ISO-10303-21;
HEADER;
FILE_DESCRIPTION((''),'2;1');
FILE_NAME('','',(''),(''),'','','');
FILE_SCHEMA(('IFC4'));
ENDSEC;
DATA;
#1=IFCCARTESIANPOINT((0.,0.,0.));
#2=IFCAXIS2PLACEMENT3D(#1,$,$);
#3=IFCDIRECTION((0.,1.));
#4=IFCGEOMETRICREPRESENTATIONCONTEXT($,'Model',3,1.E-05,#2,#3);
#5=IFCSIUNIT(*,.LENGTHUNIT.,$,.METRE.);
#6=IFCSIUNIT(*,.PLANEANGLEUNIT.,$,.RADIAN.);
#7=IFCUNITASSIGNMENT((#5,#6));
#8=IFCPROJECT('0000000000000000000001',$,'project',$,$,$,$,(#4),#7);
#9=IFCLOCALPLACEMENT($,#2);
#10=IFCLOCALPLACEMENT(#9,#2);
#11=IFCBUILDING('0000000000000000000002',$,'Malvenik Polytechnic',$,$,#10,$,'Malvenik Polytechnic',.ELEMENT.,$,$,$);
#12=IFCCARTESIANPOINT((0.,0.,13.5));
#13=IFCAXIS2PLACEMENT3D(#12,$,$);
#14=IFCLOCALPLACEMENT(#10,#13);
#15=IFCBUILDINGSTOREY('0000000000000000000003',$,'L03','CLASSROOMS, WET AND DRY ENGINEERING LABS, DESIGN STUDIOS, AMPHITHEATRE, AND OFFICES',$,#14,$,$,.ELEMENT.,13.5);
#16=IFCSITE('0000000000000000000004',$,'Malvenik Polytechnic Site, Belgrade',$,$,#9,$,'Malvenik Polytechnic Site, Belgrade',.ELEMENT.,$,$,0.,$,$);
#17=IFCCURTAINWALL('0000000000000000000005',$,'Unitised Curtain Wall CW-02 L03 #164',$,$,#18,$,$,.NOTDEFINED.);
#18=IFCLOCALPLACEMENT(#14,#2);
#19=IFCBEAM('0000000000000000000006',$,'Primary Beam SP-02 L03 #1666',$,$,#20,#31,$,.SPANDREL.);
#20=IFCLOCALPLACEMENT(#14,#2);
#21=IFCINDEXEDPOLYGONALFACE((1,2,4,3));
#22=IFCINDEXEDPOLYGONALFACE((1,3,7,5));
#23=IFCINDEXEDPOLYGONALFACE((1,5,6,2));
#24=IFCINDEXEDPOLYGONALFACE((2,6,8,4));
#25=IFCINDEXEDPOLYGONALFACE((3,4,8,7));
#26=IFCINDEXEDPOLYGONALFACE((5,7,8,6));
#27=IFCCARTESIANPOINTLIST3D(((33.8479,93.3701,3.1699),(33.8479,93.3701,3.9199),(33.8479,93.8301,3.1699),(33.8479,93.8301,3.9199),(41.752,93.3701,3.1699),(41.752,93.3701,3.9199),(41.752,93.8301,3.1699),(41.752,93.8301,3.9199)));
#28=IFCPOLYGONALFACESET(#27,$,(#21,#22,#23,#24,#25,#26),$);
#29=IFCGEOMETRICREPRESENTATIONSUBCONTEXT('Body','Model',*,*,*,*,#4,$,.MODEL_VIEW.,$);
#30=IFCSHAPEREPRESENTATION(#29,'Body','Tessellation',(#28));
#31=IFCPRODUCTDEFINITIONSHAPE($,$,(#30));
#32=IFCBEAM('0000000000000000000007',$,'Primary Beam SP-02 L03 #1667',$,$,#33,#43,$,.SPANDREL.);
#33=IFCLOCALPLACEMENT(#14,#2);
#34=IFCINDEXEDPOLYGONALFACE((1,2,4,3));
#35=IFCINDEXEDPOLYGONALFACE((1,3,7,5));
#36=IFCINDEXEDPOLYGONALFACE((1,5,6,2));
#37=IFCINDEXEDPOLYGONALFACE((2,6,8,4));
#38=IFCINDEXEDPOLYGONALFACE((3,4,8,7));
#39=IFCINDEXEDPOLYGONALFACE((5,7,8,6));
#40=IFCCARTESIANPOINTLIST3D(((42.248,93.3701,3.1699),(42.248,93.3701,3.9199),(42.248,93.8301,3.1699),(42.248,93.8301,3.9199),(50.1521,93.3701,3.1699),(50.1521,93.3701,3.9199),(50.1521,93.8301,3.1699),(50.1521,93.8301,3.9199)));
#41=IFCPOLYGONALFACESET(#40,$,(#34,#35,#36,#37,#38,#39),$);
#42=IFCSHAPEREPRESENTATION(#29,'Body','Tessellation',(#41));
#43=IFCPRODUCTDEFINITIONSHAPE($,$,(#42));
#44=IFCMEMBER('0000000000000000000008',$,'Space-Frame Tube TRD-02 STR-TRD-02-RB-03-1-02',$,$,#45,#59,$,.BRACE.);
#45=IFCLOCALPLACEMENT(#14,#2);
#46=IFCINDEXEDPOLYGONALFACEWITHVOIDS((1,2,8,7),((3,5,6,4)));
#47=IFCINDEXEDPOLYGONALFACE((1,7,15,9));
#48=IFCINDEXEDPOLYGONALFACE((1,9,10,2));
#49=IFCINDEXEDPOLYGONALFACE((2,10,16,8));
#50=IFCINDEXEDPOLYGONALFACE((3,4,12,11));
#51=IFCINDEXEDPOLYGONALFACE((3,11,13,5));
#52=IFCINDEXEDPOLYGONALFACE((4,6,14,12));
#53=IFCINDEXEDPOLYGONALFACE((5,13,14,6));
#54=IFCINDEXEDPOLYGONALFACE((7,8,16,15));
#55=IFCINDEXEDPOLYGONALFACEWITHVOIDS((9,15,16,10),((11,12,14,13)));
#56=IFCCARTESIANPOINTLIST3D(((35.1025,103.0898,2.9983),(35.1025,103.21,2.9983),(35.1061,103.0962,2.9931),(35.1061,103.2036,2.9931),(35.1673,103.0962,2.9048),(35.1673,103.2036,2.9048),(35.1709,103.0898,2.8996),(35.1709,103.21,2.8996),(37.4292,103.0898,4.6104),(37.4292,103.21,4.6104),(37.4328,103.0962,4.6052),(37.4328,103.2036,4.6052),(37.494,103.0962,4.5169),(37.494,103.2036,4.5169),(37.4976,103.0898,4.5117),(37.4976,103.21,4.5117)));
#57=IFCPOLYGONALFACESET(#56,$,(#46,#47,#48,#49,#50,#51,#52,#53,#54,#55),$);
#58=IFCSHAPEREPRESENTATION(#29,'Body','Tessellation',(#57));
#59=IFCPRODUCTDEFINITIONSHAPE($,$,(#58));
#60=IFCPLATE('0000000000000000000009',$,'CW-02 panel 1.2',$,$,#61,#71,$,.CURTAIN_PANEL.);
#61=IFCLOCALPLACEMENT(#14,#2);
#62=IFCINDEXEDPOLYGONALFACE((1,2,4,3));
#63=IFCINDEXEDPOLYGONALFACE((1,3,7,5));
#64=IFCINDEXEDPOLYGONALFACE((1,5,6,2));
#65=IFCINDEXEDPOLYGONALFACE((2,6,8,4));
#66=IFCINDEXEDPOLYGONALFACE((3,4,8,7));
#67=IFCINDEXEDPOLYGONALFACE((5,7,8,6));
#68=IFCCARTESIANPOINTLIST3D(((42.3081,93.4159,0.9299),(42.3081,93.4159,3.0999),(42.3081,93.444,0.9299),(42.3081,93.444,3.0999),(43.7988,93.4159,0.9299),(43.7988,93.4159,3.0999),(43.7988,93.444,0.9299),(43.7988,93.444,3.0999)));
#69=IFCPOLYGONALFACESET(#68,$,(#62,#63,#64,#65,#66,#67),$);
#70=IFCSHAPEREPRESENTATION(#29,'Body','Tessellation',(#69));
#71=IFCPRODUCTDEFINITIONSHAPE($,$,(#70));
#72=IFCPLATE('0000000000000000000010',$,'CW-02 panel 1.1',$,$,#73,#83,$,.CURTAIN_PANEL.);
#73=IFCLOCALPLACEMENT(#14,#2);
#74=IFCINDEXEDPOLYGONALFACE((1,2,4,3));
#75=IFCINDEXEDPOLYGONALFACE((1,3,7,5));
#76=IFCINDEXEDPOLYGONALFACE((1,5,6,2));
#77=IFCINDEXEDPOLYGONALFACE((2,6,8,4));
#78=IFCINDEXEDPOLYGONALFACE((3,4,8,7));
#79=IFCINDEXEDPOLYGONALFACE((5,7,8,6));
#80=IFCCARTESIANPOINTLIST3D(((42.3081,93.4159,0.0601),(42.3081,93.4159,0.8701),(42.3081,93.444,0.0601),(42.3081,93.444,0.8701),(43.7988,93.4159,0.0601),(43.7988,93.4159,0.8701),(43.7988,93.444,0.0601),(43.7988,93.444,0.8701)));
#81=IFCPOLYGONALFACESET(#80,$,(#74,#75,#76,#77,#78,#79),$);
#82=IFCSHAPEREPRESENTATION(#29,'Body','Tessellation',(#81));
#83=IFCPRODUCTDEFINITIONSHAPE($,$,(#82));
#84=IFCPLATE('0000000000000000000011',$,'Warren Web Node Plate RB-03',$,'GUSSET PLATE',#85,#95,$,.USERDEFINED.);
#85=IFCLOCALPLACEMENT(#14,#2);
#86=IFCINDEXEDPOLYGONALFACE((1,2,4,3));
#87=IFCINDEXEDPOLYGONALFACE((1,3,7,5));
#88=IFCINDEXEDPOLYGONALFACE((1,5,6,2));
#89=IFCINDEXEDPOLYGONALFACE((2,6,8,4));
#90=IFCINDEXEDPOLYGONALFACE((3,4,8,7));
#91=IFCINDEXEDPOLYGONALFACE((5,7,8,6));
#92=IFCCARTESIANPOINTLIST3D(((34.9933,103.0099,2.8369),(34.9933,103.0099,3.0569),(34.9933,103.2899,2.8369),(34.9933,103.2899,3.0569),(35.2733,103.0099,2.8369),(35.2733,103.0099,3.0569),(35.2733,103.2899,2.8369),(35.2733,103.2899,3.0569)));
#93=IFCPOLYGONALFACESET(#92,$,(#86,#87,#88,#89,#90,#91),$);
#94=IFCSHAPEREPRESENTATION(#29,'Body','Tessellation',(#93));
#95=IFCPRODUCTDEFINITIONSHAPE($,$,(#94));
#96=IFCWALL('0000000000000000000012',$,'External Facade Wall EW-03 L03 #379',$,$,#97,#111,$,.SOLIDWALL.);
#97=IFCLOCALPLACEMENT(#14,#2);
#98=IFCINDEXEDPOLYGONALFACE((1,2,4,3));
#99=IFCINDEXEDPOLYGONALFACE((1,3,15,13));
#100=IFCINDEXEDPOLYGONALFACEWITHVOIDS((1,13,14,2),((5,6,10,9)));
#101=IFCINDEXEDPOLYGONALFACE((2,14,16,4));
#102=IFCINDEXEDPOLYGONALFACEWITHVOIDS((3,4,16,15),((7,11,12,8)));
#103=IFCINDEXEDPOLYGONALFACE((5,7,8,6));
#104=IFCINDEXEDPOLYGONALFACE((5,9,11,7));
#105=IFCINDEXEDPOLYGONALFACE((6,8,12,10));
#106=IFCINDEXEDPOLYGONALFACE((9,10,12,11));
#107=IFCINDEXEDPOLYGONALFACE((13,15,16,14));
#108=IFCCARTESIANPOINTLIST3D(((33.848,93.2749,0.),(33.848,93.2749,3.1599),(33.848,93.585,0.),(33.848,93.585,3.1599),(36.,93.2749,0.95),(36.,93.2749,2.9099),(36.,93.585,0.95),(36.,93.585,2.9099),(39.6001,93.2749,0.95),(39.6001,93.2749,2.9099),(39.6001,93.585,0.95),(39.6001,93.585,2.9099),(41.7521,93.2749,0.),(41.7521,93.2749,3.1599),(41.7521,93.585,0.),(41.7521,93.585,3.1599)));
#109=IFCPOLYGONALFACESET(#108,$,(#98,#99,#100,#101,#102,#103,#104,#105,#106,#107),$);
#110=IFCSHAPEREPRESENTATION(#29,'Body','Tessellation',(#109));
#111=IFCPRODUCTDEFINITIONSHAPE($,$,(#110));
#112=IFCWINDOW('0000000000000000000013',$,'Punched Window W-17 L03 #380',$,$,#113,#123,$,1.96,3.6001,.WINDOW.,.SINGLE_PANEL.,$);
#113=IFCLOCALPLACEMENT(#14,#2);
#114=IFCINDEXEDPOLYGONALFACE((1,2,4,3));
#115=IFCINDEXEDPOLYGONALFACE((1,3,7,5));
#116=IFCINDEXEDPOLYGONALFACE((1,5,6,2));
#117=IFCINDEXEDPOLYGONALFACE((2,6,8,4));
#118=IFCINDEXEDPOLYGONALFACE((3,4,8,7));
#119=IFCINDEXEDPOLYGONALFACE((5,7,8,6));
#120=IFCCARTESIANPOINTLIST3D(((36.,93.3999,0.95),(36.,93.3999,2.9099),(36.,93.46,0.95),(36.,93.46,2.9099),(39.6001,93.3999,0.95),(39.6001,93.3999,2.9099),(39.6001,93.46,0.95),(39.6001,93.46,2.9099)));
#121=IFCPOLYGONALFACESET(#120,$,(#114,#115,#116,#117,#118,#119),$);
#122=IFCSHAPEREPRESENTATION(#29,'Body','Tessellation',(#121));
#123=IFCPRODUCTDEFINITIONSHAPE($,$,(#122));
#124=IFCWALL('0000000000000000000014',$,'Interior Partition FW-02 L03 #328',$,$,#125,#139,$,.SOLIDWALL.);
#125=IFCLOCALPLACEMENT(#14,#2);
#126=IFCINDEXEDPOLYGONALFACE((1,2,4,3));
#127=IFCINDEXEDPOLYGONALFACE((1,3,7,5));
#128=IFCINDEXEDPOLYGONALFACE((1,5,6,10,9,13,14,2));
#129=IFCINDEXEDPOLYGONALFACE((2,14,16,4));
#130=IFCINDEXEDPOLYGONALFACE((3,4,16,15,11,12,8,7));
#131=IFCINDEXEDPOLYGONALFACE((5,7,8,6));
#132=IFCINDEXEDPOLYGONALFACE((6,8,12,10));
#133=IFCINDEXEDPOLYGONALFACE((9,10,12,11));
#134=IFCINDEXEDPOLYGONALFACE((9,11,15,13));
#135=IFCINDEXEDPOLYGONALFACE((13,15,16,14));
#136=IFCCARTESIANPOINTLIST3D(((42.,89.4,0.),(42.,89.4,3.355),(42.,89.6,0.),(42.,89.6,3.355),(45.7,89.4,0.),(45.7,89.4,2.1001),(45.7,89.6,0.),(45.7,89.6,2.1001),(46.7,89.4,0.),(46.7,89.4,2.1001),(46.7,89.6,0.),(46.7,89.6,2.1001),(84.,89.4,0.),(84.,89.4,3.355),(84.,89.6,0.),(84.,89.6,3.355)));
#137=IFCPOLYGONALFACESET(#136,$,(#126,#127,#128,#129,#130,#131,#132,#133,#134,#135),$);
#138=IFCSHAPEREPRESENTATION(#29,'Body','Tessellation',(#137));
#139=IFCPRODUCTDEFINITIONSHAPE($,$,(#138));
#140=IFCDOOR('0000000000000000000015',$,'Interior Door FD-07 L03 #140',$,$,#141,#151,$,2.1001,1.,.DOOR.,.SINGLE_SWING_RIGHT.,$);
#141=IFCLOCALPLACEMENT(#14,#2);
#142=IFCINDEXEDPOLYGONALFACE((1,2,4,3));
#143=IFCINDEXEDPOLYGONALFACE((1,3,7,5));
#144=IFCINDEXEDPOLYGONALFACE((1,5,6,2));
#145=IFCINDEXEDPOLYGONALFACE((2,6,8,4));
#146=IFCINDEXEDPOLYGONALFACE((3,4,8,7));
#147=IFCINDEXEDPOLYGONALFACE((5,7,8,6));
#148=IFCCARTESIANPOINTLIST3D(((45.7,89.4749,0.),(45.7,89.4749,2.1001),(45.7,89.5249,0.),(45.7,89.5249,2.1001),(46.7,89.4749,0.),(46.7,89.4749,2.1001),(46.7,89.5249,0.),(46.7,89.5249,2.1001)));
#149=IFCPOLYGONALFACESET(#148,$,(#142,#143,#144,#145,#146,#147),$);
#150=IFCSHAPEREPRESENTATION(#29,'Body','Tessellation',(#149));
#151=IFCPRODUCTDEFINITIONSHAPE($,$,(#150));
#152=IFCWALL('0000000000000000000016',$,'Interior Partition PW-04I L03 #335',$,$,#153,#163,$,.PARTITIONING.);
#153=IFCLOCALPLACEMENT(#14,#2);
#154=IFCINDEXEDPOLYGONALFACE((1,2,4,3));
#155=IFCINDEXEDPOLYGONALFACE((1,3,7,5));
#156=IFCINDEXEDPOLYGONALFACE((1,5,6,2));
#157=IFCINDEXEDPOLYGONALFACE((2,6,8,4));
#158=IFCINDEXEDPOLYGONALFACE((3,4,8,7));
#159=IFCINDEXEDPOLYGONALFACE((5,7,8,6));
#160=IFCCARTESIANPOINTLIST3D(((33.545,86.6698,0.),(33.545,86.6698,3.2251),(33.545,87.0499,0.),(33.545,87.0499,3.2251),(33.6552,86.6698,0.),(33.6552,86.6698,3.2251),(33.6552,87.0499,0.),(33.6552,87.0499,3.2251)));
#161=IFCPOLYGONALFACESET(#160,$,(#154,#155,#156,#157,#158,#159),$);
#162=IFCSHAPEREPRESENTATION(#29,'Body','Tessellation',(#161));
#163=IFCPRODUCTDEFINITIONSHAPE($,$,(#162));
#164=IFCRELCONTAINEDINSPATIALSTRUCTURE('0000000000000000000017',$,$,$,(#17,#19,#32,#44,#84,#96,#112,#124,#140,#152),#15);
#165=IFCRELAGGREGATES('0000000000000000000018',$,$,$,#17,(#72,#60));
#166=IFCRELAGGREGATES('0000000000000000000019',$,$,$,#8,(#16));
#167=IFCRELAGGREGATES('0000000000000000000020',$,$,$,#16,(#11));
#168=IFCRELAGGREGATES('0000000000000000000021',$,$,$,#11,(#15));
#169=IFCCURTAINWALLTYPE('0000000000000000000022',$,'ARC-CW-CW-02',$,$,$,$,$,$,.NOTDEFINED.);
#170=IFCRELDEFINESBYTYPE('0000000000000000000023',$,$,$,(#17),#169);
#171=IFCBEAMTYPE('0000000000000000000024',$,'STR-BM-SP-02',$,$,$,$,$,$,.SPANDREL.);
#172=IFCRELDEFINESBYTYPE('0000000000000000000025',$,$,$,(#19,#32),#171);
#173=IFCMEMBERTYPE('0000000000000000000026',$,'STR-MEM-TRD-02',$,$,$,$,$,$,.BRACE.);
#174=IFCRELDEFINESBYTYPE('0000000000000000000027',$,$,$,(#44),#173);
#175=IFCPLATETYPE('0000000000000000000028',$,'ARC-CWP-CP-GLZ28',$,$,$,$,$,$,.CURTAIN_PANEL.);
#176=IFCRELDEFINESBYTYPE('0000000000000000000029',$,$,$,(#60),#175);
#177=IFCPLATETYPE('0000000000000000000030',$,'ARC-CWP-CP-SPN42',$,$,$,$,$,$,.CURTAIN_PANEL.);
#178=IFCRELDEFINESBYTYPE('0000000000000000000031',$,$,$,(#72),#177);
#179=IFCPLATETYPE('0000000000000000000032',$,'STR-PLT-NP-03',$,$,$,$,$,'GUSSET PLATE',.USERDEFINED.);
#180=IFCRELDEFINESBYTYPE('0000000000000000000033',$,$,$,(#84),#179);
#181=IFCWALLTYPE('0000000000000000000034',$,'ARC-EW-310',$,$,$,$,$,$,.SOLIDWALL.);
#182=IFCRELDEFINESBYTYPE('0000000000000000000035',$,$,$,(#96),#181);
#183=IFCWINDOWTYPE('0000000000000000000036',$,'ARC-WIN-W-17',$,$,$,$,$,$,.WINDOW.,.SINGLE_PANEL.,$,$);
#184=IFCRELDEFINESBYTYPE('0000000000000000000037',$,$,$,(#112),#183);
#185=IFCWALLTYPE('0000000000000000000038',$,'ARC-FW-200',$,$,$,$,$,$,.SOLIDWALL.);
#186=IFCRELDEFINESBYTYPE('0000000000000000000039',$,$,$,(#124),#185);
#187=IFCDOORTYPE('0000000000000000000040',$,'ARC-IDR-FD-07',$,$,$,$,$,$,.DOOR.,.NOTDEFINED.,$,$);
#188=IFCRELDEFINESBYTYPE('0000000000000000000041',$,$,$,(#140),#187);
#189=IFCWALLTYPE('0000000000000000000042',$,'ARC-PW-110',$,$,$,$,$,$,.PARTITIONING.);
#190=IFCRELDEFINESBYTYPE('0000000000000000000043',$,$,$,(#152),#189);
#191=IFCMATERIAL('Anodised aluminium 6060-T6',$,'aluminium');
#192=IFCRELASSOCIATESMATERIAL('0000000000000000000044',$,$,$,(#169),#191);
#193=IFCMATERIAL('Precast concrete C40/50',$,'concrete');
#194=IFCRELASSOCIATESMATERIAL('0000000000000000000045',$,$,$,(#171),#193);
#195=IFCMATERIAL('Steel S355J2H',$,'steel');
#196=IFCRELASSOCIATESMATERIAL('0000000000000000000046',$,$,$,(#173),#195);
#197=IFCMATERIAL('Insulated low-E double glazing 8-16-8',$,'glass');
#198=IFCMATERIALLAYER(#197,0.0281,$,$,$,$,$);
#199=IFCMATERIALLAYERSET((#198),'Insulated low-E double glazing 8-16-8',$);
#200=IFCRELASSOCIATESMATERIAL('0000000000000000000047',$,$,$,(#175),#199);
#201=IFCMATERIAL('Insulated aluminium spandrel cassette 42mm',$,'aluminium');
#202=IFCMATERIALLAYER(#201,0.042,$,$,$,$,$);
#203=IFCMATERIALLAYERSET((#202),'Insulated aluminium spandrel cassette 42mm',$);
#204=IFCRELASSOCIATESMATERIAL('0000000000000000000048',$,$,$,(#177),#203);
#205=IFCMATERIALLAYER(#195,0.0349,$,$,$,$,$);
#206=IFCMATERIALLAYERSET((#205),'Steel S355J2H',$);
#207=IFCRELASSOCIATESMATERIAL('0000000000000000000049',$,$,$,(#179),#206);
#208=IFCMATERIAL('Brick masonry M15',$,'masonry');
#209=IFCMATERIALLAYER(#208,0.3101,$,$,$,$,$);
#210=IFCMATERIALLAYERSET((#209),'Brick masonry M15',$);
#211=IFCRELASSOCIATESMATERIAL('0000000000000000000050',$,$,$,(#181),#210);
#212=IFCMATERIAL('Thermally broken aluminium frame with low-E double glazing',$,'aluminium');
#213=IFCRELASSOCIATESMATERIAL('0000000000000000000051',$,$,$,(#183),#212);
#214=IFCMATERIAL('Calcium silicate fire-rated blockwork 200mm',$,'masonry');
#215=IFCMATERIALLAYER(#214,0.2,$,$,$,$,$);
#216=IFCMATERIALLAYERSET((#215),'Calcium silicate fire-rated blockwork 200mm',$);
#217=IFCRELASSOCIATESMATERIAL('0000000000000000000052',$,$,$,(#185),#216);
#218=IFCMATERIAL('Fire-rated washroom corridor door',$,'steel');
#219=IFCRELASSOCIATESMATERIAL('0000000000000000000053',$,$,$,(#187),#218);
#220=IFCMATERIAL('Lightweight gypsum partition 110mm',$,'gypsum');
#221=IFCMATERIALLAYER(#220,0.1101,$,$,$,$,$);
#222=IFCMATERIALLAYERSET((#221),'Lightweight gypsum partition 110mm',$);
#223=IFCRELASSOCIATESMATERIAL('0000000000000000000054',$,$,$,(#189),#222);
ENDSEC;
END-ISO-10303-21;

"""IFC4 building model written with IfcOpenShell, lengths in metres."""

from ifc_helpers import new_model, si_unit, direction, frame, frame_2d, origin, origin_2d, place, context, subcontext, project, spatial, rectangle, hollow_rectangle, extrude, material, layer, layer_set, material_profile, profile_set, type_object, element, fill, aggregate, save


model = new_model("IFC4")

# Units and contexts
model_context = context("Model", 3, precision=1e-05, world=origin(), true_north=direction((0.0, 1.0)))
body_context = subcontext(model_context, "Body", "Model", "MODEL_VIEW")
ifc_project = project(units=[si_unit("LENGTHUNIT", "METRE"), si_unit("PLANEANGLEUNIT", "RADIAN")], contexts=[model_context])

# Site, building, storey
site_placement = place(None, origin())
site = spatial("IfcSite", under=ifc_project, at=site_placement, Name="Malvenik Polytechnic Site, Belgrade", LongName="Malvenik Polytechnic Site, Belgrade", CompositionType="ELEMENT", RefElevation=0.0)
building_placement = place(site_placement, origin())
building = spatial("IfcBuilding", under=site, at=building_placement, Name="Malvenik Polytechnic", LongName="Malvenik Polytechnic", CompositionType="ELEMENT")
storey_placement = place(building_placement, frame((0.0, 0.0, 13.5)))
storey = spatial("IfcBuildingStorey", under=building, at=storey_placement, Name="L03", Description="CLASSROOMS, WET AND DRY ENGINEERING LABS, DESIGN STUDIOS, AMPHITHEATRE, AND OFFICES", CompositionType="ELEMENT", Elevation=13.5)

# Curtain wall
ifc_material_1 = material(Name="Anodised aluminium 6060-T6", Category="aluminium")
curtain_wall_type = type_object("IfcCurtainWallType", Name="ARC-CW-CW-02", PredefinedType="NOTDEFINED", material=ifc_material_1)
curtain_wall_placement = place(storey_placement, origin())
curtain_wall = element("IfcCurtainWall", 1, at=curtain_wall_placement, inside=storey, type_object=curtain_wall_type, Name="Unitised Curtain Wall CW-02 L03 #164", PredefinedType="NOTDEFINED")

# Beams
ifc_material_2 = material(Name="Precast concrete C40/50", Category="concrete")
ifc_material_profile_1 = material_profile(ifc_material_2, rectangle(XDim=0.46, YDim=0.75, at=origin_2d()), Name="PC SPN 460x750")
ifc_profile_set_1 = profile_set([ifc_material_profile_1], Name="Precast concrete C40/50")
beam_type_1 = type_object("IfcBeamType", Name="STR-BM-SP-02", PredefinedType="SPANDREL", material=ifc_profile_set_1)
for number, where, z_axis, x_axis, name in (
    (2, (33.8479, 93.6001, 3.5449), (1.0, 0.0, 0.0), (0.0, 1.0, 0.0), "Primary Beam SP-02 L03 #1666"),
    (3, (42.248, 93.6001, 3.5449), (1.0, 0.0, 0.0), (0.0, 1.0, 0.0), "Primary Beam SP-02 L03 #1667"),
):
    element("IfcBeam", number, at=place(storey_placement, frame(where, z_axis=z_axis, x_axis=x_axis)), inside=storey, type_object=beam_type_1, Name=name, PredefinedType="SPANDREL", context=body_context, shape_type="SweptSolid", body=[
        extrude(rectangle(XDim=0.46, YDim=0.75, at=origin_2d()), origin(), (0.0, 0.0, 1.0), 7.9041),
    ])

# Member
ifc_material_3 = material(Name="Steel S355J2H", Category="steel")
ifc_material_profile_2 = material_profile(ifc_material_3, hollow_rectangle(XDim=0.1201, YDim=0.1201, WallThickness=0.0063, at=origin_2d()), Name="SHS 120x120x6.3")
ifc_profile_set_2 = profile_set([ifc_material_profile_2], Name="Steel S355J2H")
member_type_1 = type_object("IfcMemberType", Name="STR-MEM-TRD-02", PredefinedType="BRACE", material=ifc_profile_set_2)
member_1_placement = place(storey_placement, frame((35.1367, 103.1499, 2.949), z_axis=(0.821978, 0.0, 0.569519), x_axis=(0.0, 1.0, 0.0)))
element("IfcMember", 4, at=member_1_placement, inside=storey, type_object=member_type_1, Name="Space-Frame Tube TRD-02 STR-TRD-02-RB-03-1-02", PredefinedType="BRACE", context=body_context, shape_type="SweptSolid", body=[
    extrude(hollow_rectangle(XDim=0.1201, YDim=0.1201, WallThickness=0.0063, at=origin_2d()), origin(), (0.0, 0.0, 1.0), 2.8306),
])

# Plates
ifc_material_4 = material(Name="Insulated low-E double glazing 8-16-8", Category="glass")
ifc_layer_1 = layer(ifc_material_4, 0.0281)
ifc_layer_set_1 = layer_set([ifc_layer_1], Name="Insulated low-E double glazing 8-16-8")
plate_type_1 = type_object("IfcPlateType", Name="ARC-CWP-CP-GLZ28", PredefinedType="CURTAIN_PANEL", material=ifc_layer_set_1)
plate_1_placement = place(storey_placement, frame((43.0535, 93.4299, 0.9299), z_axis=(0.0, 0.0, 1.0), x_axis=(1.0, 0.0, 0.0)))
plate_1 = element("IfcPlate", 5, at=plate_1_placement, type_object=plate_type_1, Name="CW-02 panel 1.2", PredefinedType="CURTAIN_PANEL", context=body_context, shape_type="SweptSolid", body=[
    extrude(rectangle(XDim=1.4907, YDim=0.0281, at=origin_2d()), origin(), (0.0, 0.0, 1.0), 2.1699),
])
ifc_material_5 = material(Name="Insulated aluminium spandrel cassette 42mm", Category="aluminium")
ifc_layer_2 = layer(ifc_material_5, 0.042)
ifc_layer_set_2 = layer_set([ifc_layer_2], Name="Insulated aluminium spandrel cassette 42mm")
plate_type_2 = type_object("IfcPlateType", Name="ARC-CWP-CP-SPN42", PredefinedType="CURTAIN_PANEL", material=ifc_layer_set_2)
plate_2_placement = place(storey_placement, frame((43.0535, 93.4299, 0.0601), z_axis=(0.0, 0.0, 1.0), x_axis=(1.0, 0.0, 0.0)))
plate_2 = element("IfcPlate", 6, at=plate_2_placement, type_object=plate_type_2, Name="CW-02 panel 1.1", PredefinedType="CURTAIN_PANEL", context=body_context, shape_type="SweptSolid", body=[
    extrude(rectangle(XDim=1.4907, YDim=0.0281, at=origin_2d()), origin(), (0.0, 0.0, 1.0), 0.8101),
])
aggregate(curtain_wall, [plate_2, plate_1])
ifc_layer_3 = layer(ifc_material_3, 0.0349)
ifc_layer_set_3 = layer_set([ifc_layer_3], Name="Steel S355J2H")
plate_type_3 = type_object("IfcPlateType", Name="STR-PLT-NP-03", ElementType="GUSSET PLATE", PredefinedType="USERDEFINED", material=ifc_layer_set_3)
plate_3_placement = place(storey_placement, frame((35.1333, 103.1499, 2.8369), z_axis=(0.0, 0.0, 1.0), x_axis=(1.0, 0.0, 0.0)))
element("IfcPlate", 7, at=plate_3_placement, inside=storey, type_object=plate_type_3, Name="Warren Web Node Plate RB-03", ObjectType="GUSSET PLATE", PredefinedType="USERDEFINED", context=body_context, shape_type="SweptSolid", body=[
    extrude(rectangle(XDim=0.28, YDim=0.28, at=origin_2d()), origin(), (0.0, 0.0, 1.0), 0.22),
])

# Wall, opening, window
ifc_material_6 = material(Name="Brick masonry M15", Category="masonry")
ifc_layer_4 = layer(ifc_material_6, 0.3101)
ifc_layer_set_4 = layer_set([ifc_layer_4], Name="Brick masonry M15")
wall_type_1 = type_object("IfcWallType", Name="ARC-EW-310", PredefinedType="SOLIDWALL", material=ifc_layer_set_4)
wall_1_placement = place(storey_placement, frame((33.8479, 93.4299, 0.0), z_axis=(0.0, 0.0, 1.0), x_axis=(1.0, 0.0, 0.0)))
wall_1 = element("IfcWall", 8, at=wall_1_placement, inside=storey, type_object=wall_type_1, Name="External Facade Wall EW-03 L03 #379", PredefinedType="SOLIDWALL", context=body_context, shape_type="SweptSolid", body=[
    extrude(rectangle(XDim=7.9041, YDim=0.3101, at=frame_2d((3.9521, 0.0))), origin(), (0.0, 0.0, 1.0), 3.1599),
])
opening_1_placement = place(wall_1_placement, frame((2.1521, 0.0, 0.95)))
opening_1 = element("IfcOpeningElement", 9, at=opening_1_placement, cuts=wall_1, PredefinedType="OPENING", context=body_context, shape_type="SweptSolid", body=[
    extrude(rectangle(XDim=3.6001, YDim=1.96, at=frame_2d((1.8, 0.98))), frame((0.0, 0.165, 0.0), z_axis=(0.0, -1.0, 0.0), x_axis=(1.0, 0.0, 0.0)), (0.0, 0.0, 1.0), 0.3301),
])
ifc_material_7 = material(Name="Thermally broken aluminium frame with low-E double glazing", Category="aluminium")
window_type = type_object("IfcWindowType", Name="ARC-WIN-W-17", PartitioningType="SINGLE_PANEL", PredefinedType="WINDOW", material=ifc_material_7)
window_placement = place(opening_1_placement, origin())
window = element("IfcWindow", 10, at=window_placement, inside=storey, type_object=window_type, Name="Punched Window W-17 L03 #380", OverallHeight=1.96, OverallWidth=3.6001, PartitioningType="SINGLE_PANEL", PredefinedType="WINDOW", context=body_context, shape_type="SweptSolid", body=[
    extrude(rectangle(XDim=3.6001, YDim=1.96, at=frame_2d((1.8, 0.98))), frame((0.0, 0.03, 0.0), z_axis=(0.0, -1.0, 0.0), x_axis=(1.0, 0.0, 0.0)), (0.0, 0.0, 1.0), 0.0601),
])
fill(opening_1, window)

# Wall, opening, door
ifc_material_8 = material(Name="Calcium silicate fire-rated blockwork 200mm", Category="masonry")
ifc_layer_5 = layer(ifc_material_8, 0.2)
ifc_layer_set_5 = layer_set([ifc_layer_5], Name="Calcium silicate fire-rated blockwork 200mm")
wall_type_2 = type_object("IfcWallType", Name="ARC-FW-200", PredefinedType="SOLIDWALL", material=ifc_layer_set_5)
wall_2_placement = place(storey_placement, frame((42.0, 89.5, 0.0), z_axis=(0.0, 0.0, 1.0), x_axis=(1.0, 0.0, 0.0)))
wall_2 = element("IfcWall", 11, at=wall_2_placement, inside=storey, type_object=wall_type_2, Name="Interior Partition FW-02 L03 #328", PredefinedType="SOLIDWALL", context=body_context, shape_type="SweptSolid", body=[
    extrude(rectangle(XDim=42.0, YDim=0.2, at=frame_2d((21.0, 0.0))), origin(), (0.0, 0.0, 1.0), 3.355),
])
opening_2_placement = place(wall_2_placement, frame((3.7, 0.0, 0.0)))
opening_2 = element("IfcOpeningElement", 12, at=opening_2_placement, cuts=wall_2, PredefinedType="OPENING", context=body_context, shape_type="SweptSolid", body=[
    extrude(rectangle(XDim=1.0, YDim=2.1001, at=frame_2d((0.5, 1.05))), frame((0.0, 0.1099, 0.0), z_axis=(0.0, -1.0, 0.0), x_axis=(1.0, 0.0, 0.0)), (0.0, 0.0, 1.0), 0.22),
])
ifc_material_9 = material(Name="Fire-rated washroom corridor door", Category="steel")
door_type = type_object("IfcDoorType", Name="ARC-IDR-FD-07", OperationType="NOTDEFINED", PredefinedType="DOOR", material=ifc_material_9)
door_placement = place(opening_2_placement, origin())
door = element("IfcDoor", 13, at=door_placement, inside=storey, type_object=door_type, Name="Interior Door FD-07 L03 #140", OperationType="SINGLE_SWING_RIGHT", OverallHeight=2.1001, OverallWidth=1.0, PredefinedType="DOOR", context=body_context, shape_type="SweptSolid", body=[
    extrude(rectangle(XDim=1.0, YDim=2.1001, at=frame_2d((0.5, 1.05))), frame((0.0, 0.0249, 0.0), z_axis=(0.0, -1.0, 0.0), x_axis=(1.0, 0.0, 0.0)), (0.0, 0.0, 1.0), 0.05),
])
fill(opening_2, door)

# Wall
ifc_material_10 = material(Name="Lightweight gypsum partition 110mm", Category="gypsum")
ifc_layer_6 = layer(ifc_material_10, 0.1101)
ifc_layer_set_6 = layer_set([ifc_layer_6], Name="Lightweight gypsum partition 110mm")
wall_type_3 = type_object("IfcWallType", Name="ARC-PW-110", PredefinedType="PARTITIONING", material=ifc_layer_set_6)
wall_3_placement = place(storey_placement, frame((33.6001, 86.6699, 0.0), z_axis=(0.0, 0.0, 1.0), x_axis=(0.0, 1.0, 0.0)))
element("IfcWall", 14, at=wall_3_placement, inside=storey, type_object=wall_type_3, Name="Interior Partition PW-04I L03 #335", PredefinedType="PARTITIONING", context=body_context, shape_type="SweptSolid", body=[
    extrude(rectangle(XDim=0.3801, YDim=0.1101, at=frame_2d((0.1899, 0.0))), origin(), (0.0, 0.0, 1.0), 3.2251),
])

save(model, "model.ifc")
